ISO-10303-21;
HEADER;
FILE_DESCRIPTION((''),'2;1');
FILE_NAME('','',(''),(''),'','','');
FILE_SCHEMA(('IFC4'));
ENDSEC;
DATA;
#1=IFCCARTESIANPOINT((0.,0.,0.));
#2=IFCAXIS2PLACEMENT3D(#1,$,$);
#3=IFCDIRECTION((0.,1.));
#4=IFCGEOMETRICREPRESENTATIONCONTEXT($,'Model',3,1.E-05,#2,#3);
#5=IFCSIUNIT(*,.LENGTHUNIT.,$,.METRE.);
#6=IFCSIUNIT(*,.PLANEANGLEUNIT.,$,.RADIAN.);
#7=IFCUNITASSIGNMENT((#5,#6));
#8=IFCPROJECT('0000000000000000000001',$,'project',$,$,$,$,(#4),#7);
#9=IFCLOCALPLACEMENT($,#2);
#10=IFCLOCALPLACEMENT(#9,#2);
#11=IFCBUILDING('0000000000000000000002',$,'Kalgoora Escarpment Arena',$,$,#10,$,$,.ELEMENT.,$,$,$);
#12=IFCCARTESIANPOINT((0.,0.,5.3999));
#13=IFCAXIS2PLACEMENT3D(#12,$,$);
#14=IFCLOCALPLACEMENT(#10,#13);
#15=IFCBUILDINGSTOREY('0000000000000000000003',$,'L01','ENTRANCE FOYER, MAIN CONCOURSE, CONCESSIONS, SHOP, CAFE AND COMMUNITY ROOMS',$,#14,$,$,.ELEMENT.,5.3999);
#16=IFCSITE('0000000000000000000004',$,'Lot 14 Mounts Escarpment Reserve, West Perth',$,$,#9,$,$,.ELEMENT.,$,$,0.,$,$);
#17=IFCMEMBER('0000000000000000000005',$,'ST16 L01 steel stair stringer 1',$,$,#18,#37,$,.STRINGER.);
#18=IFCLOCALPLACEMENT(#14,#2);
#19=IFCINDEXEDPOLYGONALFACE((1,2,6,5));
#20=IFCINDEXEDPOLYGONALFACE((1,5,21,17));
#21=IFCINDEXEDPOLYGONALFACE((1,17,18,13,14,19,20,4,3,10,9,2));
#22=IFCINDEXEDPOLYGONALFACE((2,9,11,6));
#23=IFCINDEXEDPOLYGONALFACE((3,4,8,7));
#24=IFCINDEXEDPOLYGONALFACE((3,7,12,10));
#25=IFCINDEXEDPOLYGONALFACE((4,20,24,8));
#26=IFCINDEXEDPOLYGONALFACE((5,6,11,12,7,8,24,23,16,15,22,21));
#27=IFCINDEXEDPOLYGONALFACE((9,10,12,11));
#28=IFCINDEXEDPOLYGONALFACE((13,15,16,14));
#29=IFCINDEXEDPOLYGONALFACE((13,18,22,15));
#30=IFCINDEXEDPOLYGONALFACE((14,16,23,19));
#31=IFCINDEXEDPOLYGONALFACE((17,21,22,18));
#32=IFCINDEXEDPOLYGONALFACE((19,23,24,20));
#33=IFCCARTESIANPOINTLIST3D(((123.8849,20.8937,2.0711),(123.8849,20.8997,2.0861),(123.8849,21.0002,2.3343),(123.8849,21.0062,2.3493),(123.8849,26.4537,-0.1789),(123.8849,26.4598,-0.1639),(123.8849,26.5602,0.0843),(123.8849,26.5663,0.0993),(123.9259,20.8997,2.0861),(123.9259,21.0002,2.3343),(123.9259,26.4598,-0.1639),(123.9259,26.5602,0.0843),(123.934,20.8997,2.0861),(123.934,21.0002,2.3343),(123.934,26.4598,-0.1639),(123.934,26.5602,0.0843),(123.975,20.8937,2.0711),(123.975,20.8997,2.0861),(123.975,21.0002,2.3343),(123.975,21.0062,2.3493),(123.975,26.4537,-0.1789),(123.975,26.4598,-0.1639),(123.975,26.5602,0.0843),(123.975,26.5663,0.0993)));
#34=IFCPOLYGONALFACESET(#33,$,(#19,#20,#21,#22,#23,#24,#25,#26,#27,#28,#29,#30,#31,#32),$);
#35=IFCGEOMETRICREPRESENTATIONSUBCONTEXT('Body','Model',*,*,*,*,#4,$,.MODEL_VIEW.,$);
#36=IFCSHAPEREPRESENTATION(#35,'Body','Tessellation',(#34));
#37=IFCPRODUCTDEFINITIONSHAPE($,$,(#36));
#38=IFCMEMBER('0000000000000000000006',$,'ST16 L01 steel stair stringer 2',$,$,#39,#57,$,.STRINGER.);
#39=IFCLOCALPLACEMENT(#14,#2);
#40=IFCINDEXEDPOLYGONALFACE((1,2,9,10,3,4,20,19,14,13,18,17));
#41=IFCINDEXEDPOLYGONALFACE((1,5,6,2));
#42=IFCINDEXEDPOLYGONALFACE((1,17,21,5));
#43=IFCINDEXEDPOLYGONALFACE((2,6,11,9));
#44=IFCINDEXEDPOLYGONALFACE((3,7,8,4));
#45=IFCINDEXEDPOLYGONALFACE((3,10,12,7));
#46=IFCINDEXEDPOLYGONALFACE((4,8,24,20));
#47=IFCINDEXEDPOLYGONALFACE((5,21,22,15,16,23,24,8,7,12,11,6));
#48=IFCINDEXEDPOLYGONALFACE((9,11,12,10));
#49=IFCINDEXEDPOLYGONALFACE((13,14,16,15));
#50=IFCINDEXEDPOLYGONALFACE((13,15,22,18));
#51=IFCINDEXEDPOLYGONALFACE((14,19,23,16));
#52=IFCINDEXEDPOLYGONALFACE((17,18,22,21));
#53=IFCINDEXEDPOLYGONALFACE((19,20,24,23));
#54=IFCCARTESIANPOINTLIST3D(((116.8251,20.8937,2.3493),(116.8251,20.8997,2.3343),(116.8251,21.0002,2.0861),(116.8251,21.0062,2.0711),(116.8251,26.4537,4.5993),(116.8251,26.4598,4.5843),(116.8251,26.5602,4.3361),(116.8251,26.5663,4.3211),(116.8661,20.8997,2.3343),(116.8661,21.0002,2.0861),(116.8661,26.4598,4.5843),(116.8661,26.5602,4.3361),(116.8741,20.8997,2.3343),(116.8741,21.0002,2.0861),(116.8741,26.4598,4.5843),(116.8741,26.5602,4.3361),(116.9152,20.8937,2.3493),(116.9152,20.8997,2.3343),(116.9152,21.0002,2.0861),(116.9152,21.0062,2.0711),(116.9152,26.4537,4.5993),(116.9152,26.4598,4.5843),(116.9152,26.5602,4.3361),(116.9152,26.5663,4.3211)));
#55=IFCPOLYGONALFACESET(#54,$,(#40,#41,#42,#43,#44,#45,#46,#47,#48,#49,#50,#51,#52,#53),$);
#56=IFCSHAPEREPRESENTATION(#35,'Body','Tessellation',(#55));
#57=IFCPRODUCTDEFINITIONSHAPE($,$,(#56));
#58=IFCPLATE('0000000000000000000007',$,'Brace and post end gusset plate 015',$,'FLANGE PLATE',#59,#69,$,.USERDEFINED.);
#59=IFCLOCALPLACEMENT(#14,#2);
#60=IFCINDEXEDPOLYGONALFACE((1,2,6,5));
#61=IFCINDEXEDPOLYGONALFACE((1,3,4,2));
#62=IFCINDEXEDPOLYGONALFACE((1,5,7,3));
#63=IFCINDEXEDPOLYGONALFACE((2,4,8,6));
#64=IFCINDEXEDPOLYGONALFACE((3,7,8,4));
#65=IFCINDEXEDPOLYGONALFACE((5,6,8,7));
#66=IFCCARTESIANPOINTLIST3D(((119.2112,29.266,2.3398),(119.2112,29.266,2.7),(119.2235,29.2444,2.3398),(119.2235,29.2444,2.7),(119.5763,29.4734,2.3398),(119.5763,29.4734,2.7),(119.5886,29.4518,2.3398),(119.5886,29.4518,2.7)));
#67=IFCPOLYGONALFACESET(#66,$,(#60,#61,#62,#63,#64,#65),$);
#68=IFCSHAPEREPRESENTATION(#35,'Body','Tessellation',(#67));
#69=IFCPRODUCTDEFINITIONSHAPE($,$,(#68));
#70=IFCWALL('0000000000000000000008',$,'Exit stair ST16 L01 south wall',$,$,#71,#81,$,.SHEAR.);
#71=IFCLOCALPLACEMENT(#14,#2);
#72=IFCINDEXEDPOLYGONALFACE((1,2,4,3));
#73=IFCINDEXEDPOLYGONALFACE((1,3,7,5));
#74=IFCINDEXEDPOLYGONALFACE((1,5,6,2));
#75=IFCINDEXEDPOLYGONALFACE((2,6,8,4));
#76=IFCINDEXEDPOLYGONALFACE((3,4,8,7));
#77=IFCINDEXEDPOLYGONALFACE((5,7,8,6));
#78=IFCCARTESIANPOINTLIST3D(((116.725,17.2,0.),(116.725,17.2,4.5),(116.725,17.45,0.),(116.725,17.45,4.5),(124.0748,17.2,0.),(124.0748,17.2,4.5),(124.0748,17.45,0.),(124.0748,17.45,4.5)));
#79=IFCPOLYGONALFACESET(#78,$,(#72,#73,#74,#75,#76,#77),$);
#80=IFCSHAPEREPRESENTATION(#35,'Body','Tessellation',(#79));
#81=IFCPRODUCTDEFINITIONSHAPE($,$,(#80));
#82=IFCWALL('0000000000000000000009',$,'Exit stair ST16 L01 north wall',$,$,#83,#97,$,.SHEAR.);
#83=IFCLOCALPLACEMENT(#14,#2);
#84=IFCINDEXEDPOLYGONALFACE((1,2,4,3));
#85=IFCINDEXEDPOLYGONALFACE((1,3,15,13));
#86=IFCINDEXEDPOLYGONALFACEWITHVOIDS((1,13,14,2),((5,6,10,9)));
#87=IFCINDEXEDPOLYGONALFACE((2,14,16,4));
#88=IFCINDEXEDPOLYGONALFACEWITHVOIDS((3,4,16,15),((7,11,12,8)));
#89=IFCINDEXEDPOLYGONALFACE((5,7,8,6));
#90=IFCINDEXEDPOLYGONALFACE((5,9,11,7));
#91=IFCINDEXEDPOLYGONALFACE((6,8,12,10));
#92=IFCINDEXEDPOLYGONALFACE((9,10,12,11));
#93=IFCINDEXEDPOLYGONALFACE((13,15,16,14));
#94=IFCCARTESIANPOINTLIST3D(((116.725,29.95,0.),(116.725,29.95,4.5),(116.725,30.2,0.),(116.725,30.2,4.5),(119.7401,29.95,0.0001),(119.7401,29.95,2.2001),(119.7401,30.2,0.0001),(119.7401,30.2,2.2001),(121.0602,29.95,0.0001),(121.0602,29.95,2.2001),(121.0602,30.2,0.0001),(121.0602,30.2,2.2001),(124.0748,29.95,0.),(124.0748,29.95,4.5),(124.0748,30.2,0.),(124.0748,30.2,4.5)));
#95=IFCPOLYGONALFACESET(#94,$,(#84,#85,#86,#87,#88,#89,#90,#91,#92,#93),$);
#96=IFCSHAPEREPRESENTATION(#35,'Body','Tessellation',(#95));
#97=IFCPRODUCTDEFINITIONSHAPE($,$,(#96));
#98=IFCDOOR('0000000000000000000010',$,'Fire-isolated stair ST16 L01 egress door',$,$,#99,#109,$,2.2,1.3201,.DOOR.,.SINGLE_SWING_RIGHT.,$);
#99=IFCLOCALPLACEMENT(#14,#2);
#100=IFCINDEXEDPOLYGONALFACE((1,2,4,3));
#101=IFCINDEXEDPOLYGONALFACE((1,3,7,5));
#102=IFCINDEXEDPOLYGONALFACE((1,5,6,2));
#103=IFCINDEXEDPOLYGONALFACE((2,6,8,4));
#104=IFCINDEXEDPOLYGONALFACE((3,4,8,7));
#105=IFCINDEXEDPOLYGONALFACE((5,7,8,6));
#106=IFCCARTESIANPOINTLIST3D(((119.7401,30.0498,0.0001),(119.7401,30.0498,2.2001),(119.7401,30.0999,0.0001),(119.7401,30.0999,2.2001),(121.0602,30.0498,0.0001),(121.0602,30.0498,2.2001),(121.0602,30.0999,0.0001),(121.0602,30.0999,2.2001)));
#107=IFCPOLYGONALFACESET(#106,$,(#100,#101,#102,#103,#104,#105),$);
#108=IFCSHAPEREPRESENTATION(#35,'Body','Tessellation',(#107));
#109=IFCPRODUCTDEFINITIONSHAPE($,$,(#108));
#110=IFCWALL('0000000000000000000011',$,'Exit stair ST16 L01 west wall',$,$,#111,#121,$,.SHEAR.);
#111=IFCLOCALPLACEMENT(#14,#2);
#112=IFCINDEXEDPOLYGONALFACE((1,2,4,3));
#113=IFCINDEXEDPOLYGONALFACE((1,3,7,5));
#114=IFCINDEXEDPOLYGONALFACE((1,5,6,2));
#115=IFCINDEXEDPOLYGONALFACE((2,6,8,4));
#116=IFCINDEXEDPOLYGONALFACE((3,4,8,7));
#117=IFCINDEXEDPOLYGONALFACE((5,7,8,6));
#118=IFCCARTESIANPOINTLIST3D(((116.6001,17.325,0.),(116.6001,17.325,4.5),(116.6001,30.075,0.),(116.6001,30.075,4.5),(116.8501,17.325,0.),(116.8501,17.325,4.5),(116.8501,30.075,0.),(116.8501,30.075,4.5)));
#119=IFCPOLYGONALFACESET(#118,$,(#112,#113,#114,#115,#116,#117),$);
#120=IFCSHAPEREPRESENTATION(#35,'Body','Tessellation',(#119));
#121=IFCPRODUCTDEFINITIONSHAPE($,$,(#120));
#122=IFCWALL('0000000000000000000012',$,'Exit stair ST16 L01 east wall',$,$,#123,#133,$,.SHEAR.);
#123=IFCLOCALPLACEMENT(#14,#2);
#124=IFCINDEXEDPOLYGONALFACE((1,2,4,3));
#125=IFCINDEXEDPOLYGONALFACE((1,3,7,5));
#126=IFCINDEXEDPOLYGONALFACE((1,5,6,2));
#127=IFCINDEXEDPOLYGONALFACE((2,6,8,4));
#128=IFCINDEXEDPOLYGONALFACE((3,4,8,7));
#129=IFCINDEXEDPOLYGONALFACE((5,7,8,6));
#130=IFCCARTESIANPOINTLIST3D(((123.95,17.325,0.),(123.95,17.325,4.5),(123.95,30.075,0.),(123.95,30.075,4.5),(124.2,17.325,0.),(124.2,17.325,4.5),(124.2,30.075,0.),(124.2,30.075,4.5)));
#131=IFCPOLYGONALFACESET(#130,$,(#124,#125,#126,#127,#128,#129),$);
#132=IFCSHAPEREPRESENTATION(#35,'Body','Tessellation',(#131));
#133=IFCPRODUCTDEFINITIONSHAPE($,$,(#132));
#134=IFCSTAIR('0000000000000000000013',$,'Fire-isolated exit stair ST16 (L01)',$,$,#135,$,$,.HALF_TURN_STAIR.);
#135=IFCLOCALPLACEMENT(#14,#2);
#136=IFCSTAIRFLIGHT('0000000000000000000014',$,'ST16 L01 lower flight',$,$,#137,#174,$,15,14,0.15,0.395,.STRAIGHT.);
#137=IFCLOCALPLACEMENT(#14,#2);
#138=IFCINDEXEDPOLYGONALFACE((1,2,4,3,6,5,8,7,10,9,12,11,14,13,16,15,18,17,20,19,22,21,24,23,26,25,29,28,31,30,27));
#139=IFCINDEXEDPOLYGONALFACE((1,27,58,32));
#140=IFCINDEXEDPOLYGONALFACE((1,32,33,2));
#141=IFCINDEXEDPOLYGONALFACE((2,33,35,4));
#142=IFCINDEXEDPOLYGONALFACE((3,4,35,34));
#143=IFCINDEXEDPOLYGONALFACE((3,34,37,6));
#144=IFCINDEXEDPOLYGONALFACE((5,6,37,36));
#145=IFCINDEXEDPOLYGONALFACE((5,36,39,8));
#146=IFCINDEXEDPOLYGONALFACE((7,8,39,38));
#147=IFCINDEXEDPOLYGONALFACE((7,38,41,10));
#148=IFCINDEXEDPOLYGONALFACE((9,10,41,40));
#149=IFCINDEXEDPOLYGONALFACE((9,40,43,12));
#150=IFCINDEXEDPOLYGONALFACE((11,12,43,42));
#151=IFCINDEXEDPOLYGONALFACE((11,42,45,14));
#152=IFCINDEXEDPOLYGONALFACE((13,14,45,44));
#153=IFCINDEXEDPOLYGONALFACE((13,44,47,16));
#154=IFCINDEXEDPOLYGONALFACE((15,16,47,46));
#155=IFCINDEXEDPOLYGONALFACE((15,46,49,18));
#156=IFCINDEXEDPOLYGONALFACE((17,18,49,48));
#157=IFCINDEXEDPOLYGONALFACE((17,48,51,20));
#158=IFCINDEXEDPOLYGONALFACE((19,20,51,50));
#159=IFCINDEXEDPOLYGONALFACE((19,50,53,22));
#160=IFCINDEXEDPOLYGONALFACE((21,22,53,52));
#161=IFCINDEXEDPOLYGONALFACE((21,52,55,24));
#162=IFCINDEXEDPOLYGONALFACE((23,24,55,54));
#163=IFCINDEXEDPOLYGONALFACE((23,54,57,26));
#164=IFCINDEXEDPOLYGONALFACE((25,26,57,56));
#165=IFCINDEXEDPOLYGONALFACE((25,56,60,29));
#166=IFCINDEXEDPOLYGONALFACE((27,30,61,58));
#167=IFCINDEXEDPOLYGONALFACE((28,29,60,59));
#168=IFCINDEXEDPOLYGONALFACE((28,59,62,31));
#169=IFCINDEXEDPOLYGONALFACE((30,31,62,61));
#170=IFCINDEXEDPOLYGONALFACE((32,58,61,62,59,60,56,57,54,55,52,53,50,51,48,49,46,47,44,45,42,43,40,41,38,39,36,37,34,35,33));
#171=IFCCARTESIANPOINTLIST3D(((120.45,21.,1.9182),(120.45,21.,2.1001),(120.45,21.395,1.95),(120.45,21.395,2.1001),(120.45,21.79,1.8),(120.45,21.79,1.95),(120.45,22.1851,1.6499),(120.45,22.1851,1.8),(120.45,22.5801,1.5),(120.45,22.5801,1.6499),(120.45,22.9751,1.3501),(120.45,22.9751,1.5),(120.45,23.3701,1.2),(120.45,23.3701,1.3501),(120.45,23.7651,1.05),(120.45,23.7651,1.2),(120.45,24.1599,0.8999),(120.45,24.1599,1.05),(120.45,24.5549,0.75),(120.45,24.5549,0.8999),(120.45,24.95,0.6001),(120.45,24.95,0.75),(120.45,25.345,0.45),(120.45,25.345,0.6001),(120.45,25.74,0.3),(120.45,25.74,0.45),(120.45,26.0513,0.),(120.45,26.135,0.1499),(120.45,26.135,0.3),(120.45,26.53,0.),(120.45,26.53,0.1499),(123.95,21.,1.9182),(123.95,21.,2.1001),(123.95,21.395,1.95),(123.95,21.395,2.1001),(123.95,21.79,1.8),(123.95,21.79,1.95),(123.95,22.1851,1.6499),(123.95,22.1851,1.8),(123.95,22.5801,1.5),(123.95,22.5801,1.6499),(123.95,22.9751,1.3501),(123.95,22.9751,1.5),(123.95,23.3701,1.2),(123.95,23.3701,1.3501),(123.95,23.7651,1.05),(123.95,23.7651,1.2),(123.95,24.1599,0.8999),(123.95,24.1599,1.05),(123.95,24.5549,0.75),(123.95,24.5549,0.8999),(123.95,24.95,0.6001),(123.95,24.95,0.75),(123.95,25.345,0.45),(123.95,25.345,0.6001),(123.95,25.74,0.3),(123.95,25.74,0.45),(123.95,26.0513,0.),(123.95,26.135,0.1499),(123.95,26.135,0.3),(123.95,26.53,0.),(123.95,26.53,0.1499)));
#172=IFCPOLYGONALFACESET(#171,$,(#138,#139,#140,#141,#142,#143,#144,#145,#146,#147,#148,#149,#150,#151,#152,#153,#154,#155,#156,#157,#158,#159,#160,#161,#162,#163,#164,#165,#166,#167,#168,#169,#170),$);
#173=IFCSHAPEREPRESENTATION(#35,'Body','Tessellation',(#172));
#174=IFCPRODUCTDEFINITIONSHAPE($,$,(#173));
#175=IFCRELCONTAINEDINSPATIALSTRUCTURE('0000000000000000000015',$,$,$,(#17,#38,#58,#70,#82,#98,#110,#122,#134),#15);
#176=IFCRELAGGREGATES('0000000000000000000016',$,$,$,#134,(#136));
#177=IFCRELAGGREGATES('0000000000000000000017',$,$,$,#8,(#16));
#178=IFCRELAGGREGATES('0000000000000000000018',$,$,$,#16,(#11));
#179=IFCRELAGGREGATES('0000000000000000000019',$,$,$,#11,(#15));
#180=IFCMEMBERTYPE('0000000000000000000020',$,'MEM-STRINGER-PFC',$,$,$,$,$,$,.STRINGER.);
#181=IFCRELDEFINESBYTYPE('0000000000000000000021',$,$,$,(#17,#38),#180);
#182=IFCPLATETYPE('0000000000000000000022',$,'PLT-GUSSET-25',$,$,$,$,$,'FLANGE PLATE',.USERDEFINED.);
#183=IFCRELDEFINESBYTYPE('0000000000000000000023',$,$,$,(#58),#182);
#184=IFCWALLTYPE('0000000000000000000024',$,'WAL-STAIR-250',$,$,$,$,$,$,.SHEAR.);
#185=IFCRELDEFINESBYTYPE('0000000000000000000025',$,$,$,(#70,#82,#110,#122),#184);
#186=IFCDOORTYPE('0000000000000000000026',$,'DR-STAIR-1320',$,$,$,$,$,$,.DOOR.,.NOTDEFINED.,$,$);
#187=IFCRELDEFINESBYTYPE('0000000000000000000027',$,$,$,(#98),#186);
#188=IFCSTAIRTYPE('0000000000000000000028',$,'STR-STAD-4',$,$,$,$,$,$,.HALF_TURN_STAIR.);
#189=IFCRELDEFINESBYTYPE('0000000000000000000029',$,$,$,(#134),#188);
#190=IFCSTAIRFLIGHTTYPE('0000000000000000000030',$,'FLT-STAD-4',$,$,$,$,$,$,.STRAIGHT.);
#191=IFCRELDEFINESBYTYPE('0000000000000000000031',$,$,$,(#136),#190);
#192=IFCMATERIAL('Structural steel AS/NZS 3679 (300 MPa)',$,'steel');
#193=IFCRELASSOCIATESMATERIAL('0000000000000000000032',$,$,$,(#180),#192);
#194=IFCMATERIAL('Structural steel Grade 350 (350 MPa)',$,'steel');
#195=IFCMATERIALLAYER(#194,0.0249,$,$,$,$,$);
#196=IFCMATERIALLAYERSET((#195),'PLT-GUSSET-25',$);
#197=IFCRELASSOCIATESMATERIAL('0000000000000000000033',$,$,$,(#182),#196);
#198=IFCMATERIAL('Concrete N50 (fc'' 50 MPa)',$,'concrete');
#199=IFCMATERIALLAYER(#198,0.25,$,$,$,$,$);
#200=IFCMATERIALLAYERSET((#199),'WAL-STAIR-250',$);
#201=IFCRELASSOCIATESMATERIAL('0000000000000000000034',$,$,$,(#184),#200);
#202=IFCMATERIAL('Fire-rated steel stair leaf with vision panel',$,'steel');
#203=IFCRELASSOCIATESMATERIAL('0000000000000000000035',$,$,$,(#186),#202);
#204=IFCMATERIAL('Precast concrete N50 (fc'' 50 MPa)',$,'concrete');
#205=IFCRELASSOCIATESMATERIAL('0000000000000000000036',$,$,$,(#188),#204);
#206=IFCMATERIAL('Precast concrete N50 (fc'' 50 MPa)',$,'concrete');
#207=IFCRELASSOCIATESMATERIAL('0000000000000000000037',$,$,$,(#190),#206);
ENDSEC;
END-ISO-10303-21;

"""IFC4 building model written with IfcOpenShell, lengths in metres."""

from ifc_helpers import new_model, si_unit, direction, frame, frame_2d, origin, origin_2d, place, context, subcontext, project, spatial, polyline, rectangle, i_section, outline, extrude, material, layer, layer_set, material_profile, profile_set, type_object, element, fill, aggregate, save


model = new_model("IFC4")

# Units and contexts
model_context = context("Model", 3, precision=1e-05, world=origin(), true_north=direction((0.0, 1.0)))
body_context = subcontext(model_context, "Body", "Model", "MODEL_VIEW")
ifc_project = project(units=[si_unit("LENGTHUNIT", "METRE"), si_unit("PLANEANGLEUNIT", "RADIAN")], contexts=[model_context])

# Site, building, storey
site_placement = place(None, origin())
site = spatial("IfcSite", under=ifc_project, at=site_placement, Name="Lot 14 Mounts Escarpment Reserve, West Perth", CompositionType="ELEMENT", RefElevation=0.0)
building_placement = place(site_placement, origin())
building = spatial("IfcBuilding", under=site, at=building_placement, Name="Kalgoora Escarpment Arena", CompositionType="ELEMENT")
storey_placement = place(building_placement, frame((0.0, 0.0, 5.3999)))
storey = spatial("IfcBuildingStorey", under=building, at=storey_placement, Name="L01", Description="ENTRANCE FOYER, MAIN CONCOURSE, CONCESSIONS, SHOP, CAFE AND COMMUNITY ROOMS", CompositionType="ELEMENT", Elevation=5.3999)

# Members
ifc_material_1 = material(Name="Structural steel AS/NZS 3679 (300 MPa)", Category="steel")
ifc_material_profile_1 = material_profile(ifc_material_1, i_section(OverallWidth=0.0901, OverallDepth=0.3, WebThickness=0.0081, FlangeThickness=0.0161, at=origin_2d()))
ifc_profile_set_1 = profile_set([ifc_material_profile_1], Name="Structural steel AS/NZS 3679 (300 MPa)")
member_type_1 = type_object("IfcMemberType", Name="MEM-STRINGER-PFC", PredefinedType="STRINGER", material=ifc_profile_set_1)
for number, where, z_axis, x_axis, name in (
    (1, (123.9299, 26.51, -0.0398), (0.0, -0.926976, 0.375121), (1.0, 0.0, 0.0), "ST16 L01 steel stair stringer 1"),
    (2, (116.8701, 20.95, 2.2102), (0.0, 0.926976, 0.375121), (-1.0, 0.0, 0.0), "ST16 L01 steel stair stringer 2"),
):
    element("IfcMember", number, at=place(storey_placement, frame(where, z_axis=z_axis, x_axis=x_axis)), inside=storey, type_object=member_type_1, Name=name, PredefinedType="STRINGER", context=body_context, shape_type="SweptSolid", body=[
        extrude(i_section(OverallWidth=0.0901, OverallDepth=0.3, WebThickness=0.0081, FlangeThickness=0.0161, at=origin_2d()), origin(), (0.0, 0.0, 1.0), 5.998),
    ])

# Plate
ifc_material_2 = material(Name="Structural steel Grade 350 (350 MPa)", Category="steel")
ifc_layer_1 = layer(ifc_material_2, 0.0249)
ifc_layer_set_1 = layer_set([ifc_layer_1], Name="PLT-GUSSET-25")
plate_type = type_object("IfcPlateType", Name="PLT-GUSSET-25", ElementType="FLANGE PLATE", PredefinedType="USERDEFINED", material=ifc_layer_set_1)
plate_placement = place(storey_placement, frame((119.3999, 29.3589, 2.3398), z_axis=(0.0, 0.0, 1.0), x_axis=(0.869495, 0.493942, 0.0)))
element("IfcPlate", 3, at=plate_placement, inside=storey, type_object=plate_type, Name="Brace and post end gusset plate 015", ObjectType="FLANGE PLATE", PredefinedType="USERDEFINED", context=body_context, shape_type="SweptSolid", body=[
    extrude(rectangle(XDim=0.4199, YDim=0.0249, at=origin_2d()), origin(), (0.0, 0.0, 1.0), 0.3601),
])

# Wall
ifc_material_3 = material(Name="Concrete N50 (fc' 50 MPa)", Category="concrete")
ifc_layer_2 = layer(ifc_material_3, 0.25)
ifc_layer_set_2 = layer_set([ifc_layer_2], Name="WAL-STAIR-250")
wall_type = type_object("IfcWallType", Name="WAL-STAIR-250", PredefinedType="SHEAR", material=ifc_layer_set_2)
wall_1_placement = place(storey_placement, frame((116.7251, 17.325, 0.0), z_axis=(0.0, 0.0, 1.0), x_axis=(1.0, 0.0, 0.0)))
element("IfcWall", 4, at=wall_1_placement, inside=storey, type_object=wall_type, Name="Exit stair ST16 L01 south wall", PredefinedType="SHEAR", context=body_context, shape_type="SweptSolid", body=[
    extrude(rectangle(XDim=7.3499, YDim=0.25, at=frame_2d((3.6748, 0.0))), origin(), (0.0, 0.0, 1.0), 4.5),
])

# Wall, opening, door
wall_2_placement = place(storey_placement, frame((116.7251, 30.075, 0.0), z_axis=(0.0, 0.0, 1.0), x_axis=(1.0, 0.0, 0.0)))
wall_2 = element("IfcWall", 5, at=wall_2_placement, inside=storey, type_object=wall_type, Name="Exit stair ST16 L01 north wall", PredefinedType="SHEAR", context=body_context, shape_type="SweptSolid", body=[
    extrude(rectangle(XDim=7.3499, YDim=0.25, at=frame_2d((3.6748, 0.0))), origin(), (0.0, 0.0, 1.0), 4.5),
])
opening_placement = place(wall_2_placement, frame((3.0149, 0.0, 0.0)))
opening = element("IfcOpeningElement", 6, at=opening_placement, cuts=wall_2, PredefinedType="OPENING", context=body_context, shape_type="SweptSolid", body=[
    extrude(rectangle(XDim=1.3201, YDim=2.2, at=frame_2d((0.6602, 1.1001))), frame((0.0, 0.135, 0.0), z_axis=(0.0, -1.0, 0.0), x_axis=(1.0, 0.0, 0.0)), (0.0, 0.0, 1.0), 0.27),
])
ifc_material_4 = material(Name="Fire-rated steel stair leaf with vision panel", Category="steel")
door_type = type_object("IfcDoorType", Name="DR-STAIR-1320", OperationType="NOTDEFINED", PredefinedType="DOOR", material=ifc_material_4)
door_placement = place(opening_placement, origin())
door = element("IfcDoor", 7, at=door_placement, inside=storey, type_object=door_type, Name="Fire-isolated stair ST16 L01 egress door", OperationType="SINGLE_SWING_RIGHT", OverallHeight=2.2, OverallWidth=1.3201, PredefinedType="DOOR", context=body_context, shape_type="SweptSolid", body=[
    extrude(rectangle(XDim=1.3201, YDim=2.2, at=frame_2d((0.6602, 1.1001))), frame((0.0, 0.0249, 0.0), z_axis=(0.0, -1.0, 0.0), x_axis=(1.0, 0.0, 0.0)), (0.0, 0.0, 1.0), 0.05),
])
fill(opening, door)

# Walls
for number, where, z_axis, x_axis, name in (
    (8, (116.7251, 17.325, 0.0), (0.0, 0.0, 1.0), (0.0, 1.0, 0.0), "Exit stair ST16 L01 west wall"),
    (9, (124.075, 17.325, 0.0), (0.0, 0.0, 1.0), (0.0, 1.0, 0.0), "Exit stair ST16 L01 east wall"),
):
    element("IfcWall", number, at=place(storey_placement, frame(where, z_axis=z_axis, x_axis=x_axis)), inside=storey, type_object=wall_type, Name=name, PredefinedType="SHEAR", context=body_context, shape_type="SweptSolid", body=[
        extrude(rectangle(XDim=12.75, YDim=0.25, at=frame_2d((6.375, 0.0))), origin(), (0.0, 0.0, 1.0), 4.5),
    ])

# Stair, stair flight
ifc_material_5 = material(Name="Precast concrete N50 (fc' 50 MPa)", Category="concrete")
stair_type = type_object("IfcStairType", Name="STR-STAD-4", PredefinedType="HALF_TURN_STAIR", material=ifc_material_5)
stair_placement = place(storey_placement, origin())
stair = element("IfcStair", 10, at=stair_placement, inside=storey, type_object=stair_type, Name="Fire-isolated exit stair ST16 (L01)", PredefinedType="HALF_TURN_STAIR")
ifc_material_6 = material(Name="Precast concrete N50 (fc' 50 MPa)", Category="concrete")
stair_flight_type = type_object("IfcStairFlightType", Name="FLT-STAD-4", PredefinedType="STRAIGHT", material=ifc_material_6)
stair_flight_1_placement = place(storey_placement, frame((122.2, 26.53, 0.0), z_axis=(0.0, 0.0, 1.0), x_axis=(0.0, -1.0, 0.0)))
stair_flight_1 = element("IfcStairFlight", 11, at=stair_flight_1_placement, type_object=stair_flight_type, Name="ST16 L01 lower flight", NumberOfRisers=15, NumberOfTreads=14, PredefinedType="STRAIGHT", RiserHeight=0.15, TreadLength=0.395, context=body_context, shape_type="SweptSolid", body=[
    extrude(outline(polyline([(0.0, 0.0), (0.0, 0.1499), (0.395, 0.1499), (0.395, 0.3), (0.79, 0.3), (0.79, 0.45), (1.1851, 0.45), (1.1851, 0.6001), (1.5801, 0.6001), (1.5801, 0.75), (1.9751, 0.75), (1.9751, 0.8999), (2.3701, 0.8999), (2.3701, 1.05), (2.7649, 1.05), (2.7649, 1.2), (3.1599, 1.2), (3.1599, 1.3501), (3.5549, 1.3501), (3.5549, 1.5), (3.95, 1.5), (3.95, 1.6499), (4.345, 1.6499), (4.345, 1.8), (4.74, 1.8), (4.74, 1.95), (5.135, 1.95), (5.135, 2.1001), (5.53, 2.1001), (5.53, 2.25), (5.53, 1.9182), (0.4788, 0.0), (0.0, 0.0)])), frame((0.0, 1.75, 0.0), z_axis=(0.0, -1.0, 0.0), x_axis=(1.0, 0.0, 0.0)), (0.0, 0.0, 1.0), 3.5),
])
aggregate(stair, [stair_flight_1])

save(model, "model.ifc")
